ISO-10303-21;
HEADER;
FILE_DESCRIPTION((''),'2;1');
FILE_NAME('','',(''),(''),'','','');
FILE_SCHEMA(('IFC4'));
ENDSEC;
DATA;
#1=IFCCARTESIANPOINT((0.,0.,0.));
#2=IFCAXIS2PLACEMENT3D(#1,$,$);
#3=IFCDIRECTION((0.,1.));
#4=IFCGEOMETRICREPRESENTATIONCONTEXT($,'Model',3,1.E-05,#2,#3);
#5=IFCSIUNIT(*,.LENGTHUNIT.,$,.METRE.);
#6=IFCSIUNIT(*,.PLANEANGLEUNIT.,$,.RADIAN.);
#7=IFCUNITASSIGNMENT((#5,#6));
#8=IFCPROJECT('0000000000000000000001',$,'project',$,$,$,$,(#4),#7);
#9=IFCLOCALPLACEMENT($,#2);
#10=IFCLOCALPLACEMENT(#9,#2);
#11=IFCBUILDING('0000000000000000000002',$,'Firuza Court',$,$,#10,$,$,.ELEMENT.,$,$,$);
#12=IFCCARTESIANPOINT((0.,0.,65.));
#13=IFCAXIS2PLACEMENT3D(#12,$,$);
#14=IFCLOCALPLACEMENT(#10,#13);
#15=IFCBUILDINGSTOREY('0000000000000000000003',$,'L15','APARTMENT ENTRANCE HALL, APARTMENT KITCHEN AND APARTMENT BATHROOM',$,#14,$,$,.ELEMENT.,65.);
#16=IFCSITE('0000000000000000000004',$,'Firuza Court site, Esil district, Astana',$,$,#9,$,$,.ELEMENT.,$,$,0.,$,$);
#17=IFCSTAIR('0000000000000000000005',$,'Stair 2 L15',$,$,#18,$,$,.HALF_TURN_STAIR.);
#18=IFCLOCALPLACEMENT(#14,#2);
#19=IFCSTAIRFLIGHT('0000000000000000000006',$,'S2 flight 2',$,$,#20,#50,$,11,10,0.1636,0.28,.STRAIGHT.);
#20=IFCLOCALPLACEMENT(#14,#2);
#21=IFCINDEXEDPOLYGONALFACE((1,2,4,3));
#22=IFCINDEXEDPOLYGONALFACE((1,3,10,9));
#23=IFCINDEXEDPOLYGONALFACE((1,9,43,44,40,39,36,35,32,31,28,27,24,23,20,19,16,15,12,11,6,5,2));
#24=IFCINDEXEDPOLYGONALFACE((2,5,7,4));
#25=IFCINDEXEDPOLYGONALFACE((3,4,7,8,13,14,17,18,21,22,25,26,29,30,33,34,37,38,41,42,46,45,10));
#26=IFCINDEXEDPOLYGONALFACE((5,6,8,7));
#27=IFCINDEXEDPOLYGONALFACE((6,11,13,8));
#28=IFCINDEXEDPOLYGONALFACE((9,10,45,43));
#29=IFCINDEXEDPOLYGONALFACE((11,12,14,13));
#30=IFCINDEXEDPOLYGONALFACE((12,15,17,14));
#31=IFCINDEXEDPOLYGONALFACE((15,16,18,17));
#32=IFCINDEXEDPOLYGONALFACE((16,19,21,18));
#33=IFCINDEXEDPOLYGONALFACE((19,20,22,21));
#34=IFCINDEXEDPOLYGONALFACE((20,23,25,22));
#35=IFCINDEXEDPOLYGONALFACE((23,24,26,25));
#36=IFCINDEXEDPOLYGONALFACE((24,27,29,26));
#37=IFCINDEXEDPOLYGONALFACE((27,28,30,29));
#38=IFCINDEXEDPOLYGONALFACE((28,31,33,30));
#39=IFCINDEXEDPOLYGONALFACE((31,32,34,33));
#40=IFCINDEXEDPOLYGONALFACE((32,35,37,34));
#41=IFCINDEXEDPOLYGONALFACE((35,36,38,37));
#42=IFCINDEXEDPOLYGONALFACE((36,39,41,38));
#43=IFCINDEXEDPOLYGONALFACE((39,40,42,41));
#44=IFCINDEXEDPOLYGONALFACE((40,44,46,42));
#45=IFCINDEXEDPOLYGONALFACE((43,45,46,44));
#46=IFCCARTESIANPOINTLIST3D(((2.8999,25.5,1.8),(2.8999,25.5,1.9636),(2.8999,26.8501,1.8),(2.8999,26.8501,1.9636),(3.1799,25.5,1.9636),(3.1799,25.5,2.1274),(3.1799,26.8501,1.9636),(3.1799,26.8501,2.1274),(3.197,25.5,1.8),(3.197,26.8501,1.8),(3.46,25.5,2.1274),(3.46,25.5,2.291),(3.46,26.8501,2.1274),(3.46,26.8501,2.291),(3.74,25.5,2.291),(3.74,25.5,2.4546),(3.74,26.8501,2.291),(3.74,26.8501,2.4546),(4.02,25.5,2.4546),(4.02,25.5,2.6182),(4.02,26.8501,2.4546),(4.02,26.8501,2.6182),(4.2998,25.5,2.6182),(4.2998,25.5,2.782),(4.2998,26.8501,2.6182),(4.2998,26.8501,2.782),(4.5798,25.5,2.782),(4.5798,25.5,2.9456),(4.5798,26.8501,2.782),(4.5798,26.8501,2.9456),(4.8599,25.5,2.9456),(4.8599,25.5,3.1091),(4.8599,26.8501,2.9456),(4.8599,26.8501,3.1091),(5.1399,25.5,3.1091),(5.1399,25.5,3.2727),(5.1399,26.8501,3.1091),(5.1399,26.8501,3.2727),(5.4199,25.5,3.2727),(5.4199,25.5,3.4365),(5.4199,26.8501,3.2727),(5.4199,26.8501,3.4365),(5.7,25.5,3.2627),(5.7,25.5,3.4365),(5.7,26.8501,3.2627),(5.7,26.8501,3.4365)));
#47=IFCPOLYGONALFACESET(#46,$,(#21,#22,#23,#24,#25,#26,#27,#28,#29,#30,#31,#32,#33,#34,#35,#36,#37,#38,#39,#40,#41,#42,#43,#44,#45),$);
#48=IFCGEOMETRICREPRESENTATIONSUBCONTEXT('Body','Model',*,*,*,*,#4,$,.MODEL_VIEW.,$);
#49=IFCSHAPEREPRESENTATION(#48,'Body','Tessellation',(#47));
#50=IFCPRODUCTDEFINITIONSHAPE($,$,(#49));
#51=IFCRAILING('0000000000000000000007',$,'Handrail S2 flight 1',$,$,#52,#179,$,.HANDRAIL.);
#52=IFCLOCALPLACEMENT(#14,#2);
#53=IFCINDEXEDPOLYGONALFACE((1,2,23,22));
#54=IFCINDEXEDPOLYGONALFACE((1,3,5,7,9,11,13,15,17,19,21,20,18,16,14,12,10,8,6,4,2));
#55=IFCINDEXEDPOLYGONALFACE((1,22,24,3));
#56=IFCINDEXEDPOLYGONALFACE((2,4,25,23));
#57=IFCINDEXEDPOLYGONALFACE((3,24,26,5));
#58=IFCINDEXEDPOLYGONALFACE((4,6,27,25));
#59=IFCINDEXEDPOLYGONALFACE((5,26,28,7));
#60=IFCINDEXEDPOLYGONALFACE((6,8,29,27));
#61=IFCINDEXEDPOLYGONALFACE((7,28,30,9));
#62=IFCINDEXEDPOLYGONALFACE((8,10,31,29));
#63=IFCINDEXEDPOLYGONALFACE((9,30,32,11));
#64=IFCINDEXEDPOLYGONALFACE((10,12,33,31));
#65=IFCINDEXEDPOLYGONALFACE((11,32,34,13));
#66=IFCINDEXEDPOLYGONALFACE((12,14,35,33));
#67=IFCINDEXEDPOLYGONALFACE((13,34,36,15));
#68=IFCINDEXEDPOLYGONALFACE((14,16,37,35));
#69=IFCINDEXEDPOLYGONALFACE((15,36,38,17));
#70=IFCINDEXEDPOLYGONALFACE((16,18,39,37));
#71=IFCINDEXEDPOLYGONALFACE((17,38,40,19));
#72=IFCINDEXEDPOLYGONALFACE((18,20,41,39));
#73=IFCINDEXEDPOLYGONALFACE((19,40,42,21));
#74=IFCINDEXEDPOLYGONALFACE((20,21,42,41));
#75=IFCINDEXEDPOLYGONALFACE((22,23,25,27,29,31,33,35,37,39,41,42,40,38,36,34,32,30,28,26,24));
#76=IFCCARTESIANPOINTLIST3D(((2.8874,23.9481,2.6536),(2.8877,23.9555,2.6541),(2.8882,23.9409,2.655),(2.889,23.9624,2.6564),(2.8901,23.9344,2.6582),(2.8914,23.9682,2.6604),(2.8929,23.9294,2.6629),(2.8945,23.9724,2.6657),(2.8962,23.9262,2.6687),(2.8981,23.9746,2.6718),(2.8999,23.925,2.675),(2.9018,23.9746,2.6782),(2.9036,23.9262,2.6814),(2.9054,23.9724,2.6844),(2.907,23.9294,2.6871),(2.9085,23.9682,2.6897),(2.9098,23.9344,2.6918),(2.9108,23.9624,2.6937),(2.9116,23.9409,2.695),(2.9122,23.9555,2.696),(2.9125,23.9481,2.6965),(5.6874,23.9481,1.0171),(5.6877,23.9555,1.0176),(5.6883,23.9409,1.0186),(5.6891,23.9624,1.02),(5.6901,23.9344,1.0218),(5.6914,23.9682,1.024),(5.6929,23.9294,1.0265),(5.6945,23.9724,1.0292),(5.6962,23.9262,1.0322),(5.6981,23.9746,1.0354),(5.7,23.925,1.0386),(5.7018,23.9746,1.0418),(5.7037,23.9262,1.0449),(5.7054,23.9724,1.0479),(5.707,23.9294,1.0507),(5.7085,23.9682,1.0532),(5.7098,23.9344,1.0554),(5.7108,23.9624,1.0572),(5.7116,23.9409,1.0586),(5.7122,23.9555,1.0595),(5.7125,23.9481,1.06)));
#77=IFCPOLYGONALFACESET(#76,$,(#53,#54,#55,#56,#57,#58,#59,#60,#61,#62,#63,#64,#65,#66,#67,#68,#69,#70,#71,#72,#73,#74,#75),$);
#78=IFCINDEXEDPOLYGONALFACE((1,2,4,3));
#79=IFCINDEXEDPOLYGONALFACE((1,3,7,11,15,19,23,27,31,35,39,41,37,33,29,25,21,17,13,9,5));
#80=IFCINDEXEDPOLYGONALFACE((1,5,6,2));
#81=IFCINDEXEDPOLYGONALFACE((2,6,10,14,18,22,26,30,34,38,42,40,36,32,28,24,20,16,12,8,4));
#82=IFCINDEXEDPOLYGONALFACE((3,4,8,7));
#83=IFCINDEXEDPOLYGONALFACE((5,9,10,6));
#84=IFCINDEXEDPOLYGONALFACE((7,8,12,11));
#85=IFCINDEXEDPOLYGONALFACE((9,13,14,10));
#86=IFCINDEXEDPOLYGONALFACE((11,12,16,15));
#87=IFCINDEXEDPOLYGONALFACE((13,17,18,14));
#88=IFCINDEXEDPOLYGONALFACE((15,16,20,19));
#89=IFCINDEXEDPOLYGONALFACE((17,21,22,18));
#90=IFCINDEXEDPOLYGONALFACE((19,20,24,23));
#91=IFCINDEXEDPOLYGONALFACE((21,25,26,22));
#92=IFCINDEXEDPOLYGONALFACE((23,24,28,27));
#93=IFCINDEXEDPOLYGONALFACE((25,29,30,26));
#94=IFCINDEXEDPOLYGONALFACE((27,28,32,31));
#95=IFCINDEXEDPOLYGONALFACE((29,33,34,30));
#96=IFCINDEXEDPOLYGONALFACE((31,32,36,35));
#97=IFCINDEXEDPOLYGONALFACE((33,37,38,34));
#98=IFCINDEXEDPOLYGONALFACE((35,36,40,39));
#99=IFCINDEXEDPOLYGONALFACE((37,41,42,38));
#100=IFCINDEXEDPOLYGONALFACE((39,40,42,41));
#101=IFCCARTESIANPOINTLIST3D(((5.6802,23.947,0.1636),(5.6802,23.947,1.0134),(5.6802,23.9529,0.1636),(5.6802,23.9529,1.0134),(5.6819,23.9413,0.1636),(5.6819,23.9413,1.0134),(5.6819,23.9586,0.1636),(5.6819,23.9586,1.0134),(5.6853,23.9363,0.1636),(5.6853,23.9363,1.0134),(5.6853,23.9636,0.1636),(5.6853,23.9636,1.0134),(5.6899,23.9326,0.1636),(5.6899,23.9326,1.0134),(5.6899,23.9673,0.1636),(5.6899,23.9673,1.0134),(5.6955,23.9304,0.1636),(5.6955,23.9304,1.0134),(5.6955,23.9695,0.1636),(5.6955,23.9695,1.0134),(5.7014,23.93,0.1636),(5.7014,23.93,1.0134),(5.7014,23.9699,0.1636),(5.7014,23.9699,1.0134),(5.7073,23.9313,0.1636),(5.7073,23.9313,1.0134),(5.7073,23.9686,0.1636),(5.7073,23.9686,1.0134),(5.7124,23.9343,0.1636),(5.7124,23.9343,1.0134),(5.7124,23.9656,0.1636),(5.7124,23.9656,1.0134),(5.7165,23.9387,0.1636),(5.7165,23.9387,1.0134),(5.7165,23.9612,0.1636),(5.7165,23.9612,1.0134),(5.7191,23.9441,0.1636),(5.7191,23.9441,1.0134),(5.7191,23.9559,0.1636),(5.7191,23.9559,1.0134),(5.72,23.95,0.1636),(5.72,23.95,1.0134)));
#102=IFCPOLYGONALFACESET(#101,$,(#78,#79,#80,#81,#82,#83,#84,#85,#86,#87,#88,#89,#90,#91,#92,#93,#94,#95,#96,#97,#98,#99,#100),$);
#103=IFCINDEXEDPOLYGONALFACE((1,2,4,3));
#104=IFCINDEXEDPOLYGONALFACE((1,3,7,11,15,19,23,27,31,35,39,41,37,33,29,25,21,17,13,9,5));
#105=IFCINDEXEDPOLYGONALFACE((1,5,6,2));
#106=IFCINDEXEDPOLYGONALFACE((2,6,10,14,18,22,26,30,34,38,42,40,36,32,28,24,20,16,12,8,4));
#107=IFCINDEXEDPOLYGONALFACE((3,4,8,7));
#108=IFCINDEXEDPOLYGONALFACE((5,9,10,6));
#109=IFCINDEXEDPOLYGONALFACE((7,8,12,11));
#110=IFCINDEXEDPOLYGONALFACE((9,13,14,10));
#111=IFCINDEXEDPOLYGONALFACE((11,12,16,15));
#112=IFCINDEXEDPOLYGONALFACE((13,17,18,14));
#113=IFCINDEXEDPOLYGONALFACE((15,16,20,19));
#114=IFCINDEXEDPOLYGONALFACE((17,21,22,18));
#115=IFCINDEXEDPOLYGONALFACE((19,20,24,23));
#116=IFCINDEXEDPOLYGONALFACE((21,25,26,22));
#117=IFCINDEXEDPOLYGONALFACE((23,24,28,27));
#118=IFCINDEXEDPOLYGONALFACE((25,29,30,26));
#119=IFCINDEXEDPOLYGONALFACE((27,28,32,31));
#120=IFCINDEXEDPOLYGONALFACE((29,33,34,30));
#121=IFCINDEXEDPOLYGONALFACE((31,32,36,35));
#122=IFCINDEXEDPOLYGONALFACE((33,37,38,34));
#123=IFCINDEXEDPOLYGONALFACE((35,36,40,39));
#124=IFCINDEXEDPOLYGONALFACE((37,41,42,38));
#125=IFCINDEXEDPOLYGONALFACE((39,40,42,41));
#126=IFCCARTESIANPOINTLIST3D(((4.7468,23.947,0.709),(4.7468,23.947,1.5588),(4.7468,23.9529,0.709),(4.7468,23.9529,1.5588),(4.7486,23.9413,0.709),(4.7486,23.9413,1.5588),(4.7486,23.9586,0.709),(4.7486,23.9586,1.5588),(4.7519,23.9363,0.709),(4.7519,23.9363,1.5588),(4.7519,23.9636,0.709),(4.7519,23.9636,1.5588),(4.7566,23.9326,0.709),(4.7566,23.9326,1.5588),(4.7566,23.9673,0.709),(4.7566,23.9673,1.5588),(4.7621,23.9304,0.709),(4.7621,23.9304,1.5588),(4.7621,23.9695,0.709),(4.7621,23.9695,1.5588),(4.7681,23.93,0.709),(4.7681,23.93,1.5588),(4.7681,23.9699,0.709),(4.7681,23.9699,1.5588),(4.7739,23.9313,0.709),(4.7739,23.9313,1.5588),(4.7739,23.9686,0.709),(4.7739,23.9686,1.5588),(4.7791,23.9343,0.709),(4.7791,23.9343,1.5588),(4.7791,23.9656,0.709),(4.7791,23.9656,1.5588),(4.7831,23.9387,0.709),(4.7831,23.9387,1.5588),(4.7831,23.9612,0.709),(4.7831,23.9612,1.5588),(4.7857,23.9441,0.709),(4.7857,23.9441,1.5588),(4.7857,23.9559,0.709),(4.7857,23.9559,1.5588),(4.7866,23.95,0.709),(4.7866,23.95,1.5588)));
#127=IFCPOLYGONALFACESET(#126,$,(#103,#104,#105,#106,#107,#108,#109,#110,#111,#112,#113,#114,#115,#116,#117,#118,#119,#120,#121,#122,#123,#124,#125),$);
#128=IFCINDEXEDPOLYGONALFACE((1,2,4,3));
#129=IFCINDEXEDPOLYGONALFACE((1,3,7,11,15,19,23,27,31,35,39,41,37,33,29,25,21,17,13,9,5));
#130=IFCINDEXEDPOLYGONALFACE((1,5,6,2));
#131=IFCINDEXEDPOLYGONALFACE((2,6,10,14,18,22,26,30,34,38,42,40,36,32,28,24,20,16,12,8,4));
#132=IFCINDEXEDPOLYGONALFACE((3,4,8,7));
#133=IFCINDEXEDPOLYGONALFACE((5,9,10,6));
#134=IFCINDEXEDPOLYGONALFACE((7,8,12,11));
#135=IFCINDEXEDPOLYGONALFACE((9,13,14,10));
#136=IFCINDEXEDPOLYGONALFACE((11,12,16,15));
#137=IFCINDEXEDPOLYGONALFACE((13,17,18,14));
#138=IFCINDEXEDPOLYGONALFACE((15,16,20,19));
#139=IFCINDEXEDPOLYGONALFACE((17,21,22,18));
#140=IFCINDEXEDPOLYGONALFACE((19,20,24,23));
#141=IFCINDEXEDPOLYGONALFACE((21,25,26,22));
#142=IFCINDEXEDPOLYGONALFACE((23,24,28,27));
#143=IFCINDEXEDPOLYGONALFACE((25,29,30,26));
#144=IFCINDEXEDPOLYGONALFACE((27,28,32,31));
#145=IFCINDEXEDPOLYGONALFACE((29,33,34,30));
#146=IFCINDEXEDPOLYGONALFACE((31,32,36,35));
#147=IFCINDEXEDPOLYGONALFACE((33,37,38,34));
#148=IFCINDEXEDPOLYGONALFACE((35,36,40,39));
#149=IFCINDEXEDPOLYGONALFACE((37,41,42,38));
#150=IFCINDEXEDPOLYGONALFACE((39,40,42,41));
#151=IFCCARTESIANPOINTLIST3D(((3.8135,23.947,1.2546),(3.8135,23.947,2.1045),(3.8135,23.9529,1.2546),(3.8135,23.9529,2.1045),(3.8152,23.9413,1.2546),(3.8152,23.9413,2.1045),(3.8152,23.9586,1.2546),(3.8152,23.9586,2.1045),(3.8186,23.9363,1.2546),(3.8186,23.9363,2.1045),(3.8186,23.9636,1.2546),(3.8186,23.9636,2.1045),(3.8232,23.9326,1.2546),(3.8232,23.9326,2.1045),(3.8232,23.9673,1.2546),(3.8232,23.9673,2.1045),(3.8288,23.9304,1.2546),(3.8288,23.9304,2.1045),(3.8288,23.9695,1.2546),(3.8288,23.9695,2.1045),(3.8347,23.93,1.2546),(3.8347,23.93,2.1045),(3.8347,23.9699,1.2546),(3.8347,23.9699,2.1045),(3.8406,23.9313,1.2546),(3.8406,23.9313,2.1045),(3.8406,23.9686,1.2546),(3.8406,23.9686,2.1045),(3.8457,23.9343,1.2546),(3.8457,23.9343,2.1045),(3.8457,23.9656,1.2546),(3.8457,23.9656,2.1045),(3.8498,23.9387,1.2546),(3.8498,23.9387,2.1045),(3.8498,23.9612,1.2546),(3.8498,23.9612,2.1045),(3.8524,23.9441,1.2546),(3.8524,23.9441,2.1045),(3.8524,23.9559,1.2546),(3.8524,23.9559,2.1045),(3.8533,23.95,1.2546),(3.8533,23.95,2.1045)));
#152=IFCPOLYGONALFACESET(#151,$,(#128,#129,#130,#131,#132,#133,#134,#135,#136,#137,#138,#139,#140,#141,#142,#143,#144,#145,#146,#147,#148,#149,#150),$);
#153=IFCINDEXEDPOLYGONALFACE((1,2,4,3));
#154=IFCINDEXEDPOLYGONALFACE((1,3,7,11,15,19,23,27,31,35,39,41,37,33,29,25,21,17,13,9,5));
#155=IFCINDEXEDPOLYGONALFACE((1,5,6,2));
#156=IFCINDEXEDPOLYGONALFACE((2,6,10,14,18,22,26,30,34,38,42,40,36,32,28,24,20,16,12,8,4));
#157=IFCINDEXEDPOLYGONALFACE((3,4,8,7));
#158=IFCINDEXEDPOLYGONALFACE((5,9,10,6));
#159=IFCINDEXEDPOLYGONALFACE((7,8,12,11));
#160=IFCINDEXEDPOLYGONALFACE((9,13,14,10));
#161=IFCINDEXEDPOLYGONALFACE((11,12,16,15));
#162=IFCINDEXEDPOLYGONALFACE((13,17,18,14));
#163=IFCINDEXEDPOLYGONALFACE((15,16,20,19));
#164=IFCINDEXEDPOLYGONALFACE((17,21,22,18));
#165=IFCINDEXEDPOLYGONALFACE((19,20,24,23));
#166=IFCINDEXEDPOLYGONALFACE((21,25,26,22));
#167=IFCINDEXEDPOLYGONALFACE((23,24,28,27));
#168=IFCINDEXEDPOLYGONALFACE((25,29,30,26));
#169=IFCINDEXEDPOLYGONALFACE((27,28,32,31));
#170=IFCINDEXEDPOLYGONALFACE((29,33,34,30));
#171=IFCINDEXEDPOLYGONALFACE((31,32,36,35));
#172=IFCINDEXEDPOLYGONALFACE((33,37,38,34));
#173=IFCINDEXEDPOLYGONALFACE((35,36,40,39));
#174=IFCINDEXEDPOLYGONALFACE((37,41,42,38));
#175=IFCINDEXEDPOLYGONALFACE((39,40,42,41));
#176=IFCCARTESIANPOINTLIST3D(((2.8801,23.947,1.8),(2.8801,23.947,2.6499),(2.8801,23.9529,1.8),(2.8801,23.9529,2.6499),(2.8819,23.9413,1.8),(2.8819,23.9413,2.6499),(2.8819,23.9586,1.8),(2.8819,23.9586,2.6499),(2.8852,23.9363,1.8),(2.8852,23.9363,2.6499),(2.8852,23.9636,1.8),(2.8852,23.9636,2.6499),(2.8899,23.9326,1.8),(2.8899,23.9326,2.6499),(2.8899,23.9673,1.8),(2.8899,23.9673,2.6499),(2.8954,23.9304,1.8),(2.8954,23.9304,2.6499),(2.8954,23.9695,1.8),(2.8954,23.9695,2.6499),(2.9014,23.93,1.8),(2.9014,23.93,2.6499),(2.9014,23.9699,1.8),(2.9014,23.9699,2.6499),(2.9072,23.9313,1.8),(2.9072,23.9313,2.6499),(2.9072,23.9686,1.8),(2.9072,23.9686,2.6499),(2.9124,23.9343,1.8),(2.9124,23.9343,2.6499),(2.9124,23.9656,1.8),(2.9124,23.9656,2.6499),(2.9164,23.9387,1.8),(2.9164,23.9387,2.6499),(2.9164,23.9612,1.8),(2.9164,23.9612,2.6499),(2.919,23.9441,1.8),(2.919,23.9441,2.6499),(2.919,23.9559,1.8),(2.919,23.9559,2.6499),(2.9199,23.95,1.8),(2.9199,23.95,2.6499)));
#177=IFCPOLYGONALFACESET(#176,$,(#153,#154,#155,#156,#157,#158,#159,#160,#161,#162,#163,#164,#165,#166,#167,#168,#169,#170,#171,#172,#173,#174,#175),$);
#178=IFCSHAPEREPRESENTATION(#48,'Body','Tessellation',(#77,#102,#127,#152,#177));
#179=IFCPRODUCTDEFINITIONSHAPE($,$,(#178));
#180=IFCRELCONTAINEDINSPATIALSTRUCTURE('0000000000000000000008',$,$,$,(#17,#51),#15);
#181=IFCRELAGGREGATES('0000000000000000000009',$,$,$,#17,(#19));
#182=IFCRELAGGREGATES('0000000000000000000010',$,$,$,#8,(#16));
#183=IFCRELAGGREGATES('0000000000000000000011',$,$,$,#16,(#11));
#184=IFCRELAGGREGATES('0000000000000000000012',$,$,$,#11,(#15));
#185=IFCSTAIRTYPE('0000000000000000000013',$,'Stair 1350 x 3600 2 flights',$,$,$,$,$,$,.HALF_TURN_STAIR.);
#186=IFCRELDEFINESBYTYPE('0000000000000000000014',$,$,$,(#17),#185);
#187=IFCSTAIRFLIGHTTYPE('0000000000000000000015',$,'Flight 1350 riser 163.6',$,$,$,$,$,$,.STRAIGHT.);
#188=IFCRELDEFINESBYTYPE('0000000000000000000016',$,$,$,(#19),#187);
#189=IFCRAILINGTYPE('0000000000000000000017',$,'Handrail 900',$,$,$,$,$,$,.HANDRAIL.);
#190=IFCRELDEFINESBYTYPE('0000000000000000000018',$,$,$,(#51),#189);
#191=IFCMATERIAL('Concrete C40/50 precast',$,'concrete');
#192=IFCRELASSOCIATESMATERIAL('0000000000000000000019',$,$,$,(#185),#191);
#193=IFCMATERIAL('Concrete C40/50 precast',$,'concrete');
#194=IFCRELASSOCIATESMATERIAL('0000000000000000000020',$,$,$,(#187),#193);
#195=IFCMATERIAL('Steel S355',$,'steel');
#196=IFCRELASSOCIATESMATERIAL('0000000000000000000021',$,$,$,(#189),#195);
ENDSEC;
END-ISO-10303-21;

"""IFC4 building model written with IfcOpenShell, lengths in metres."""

from ifc_helpers import new_model, si_unit, direction, frame, origin, origin_2d, place, context, subcontext, project, spatial, polyline, circle, outline, extrude, material, type_object, element, aggregate, save


model = new_model("IFC4")

# Units and contexts
model_context = context("Model", 3, precision=1e-05, world=origin(), true_north=direction((0.0, 1.0)))
body_context = subcontext(model_context, "Body", "Model", "MODEL_VIEW")
ifc_project = project(units=[si_unit("LENGTHUNIT", "METRE"), si_unit("PLANEANGLEUNIT", "RADIAN")], contexts=[model_context])

# Site, building, storey
site_placement = place(None, origin())
site = spatial("IfcSite", under=ifc_project, at=site_placement, Name="Firuza Court site, Esil district, Astana", CompositionType="ELEMENT", RefElevation=0.0)
building_placement = place(site_placement, origin())
building = spatial("IfcBuilding", under=site, at=building_placement, Name="Firuza Court", CompositionType="ELEMENT")
storey_placement = place(building_placement, frame((0.0, 0.0, 65.0)))
storey = spatial("IfcBuildingStorey", under=building, at=storey_placement, Name="L15", Description="APARTMENT ENTRANCE HALL, APARTMENT KITCHEN AND APARTMENT BATHROOM", CompositionType="ELEMENT", Elevation=65.0)

# Stair, stair flight
ifc_material_1 = material(Name="Concrete C40/50 precast", Category="concrete")
stair_type = type_object("IfcStairType", Name="Stair 1350 x 3600 2 flights", PredefinedType="HALF_TURN_STAIR", material=ifc_material_1)
stair_placement = place(storey_placement, origin())
stair = element("IfcStair", 1, at=stair_placement, inside=storey, type_object=stair_type, Name="Stair 2 L15", PredefinedType="HALF_TURN_STAIR")
ifc_material_2 = material(Name="Concrete C40/50 precast", Category="concrete")
stair_flight_type = type_object("IfcStairFlightType", Name="Flight 1350 riser 163.6", PredefinedType="STRAIGHT", material=ifc_material_2)
stair_flight_1_placement = place(storey_placement, frame((2.8999, 26.175, 1.8), z_axis=(0.0, 0.0, 1.0), x_axis=(1.0, 0.0, 0.0)))
stair_flight_1 = element("IfcStairFlight", 2, at=stair_flight_1_placement, type_object=stair_flight_type, Name="S2 flight 2", NumberOfRisers=11, NumberOfTreads=10, PredefinedType="STRAIGHT", RiserHeight=0.1636, TreadLength=0.28, context=body_context, shape_type="SweptSolid", body=[
    extrude(outline(polyline([(0.0, 0.0), (0.0, 0.1636), (0.28, 0.1636), (0.28, 0.3274), (0.5601, 0.3274), (0.5601, 0.491), (0.8401, 0.491), (0.8401, 0.6545), (1.1201, 0.6545), (1.1201, 0.8181), (1.3999, 0.8181), (1.3999, 0.9819), (1.6799, 0.9819), (1.6799, 1.1455), (1.96, 1.1455), (1.96, 1.3091), (2.24, 1.3091), (2.24, 1.4727), (2.52, 1.4727), (2.52, 1.6365), (2.8, 1.6365), (2.8, 1.8), (2.8, 1.4626), (0.2971, 0.0), (0.0, 0.0)])), frame((0.0, 0.675, 0.0), z_axis=(0.0, -1.0, 0.0), x_axis=(1.0, 0.0, 0.0)), (0.0, 0.0, 1.0), 1.3501),
])
aggregate(stair, [stair_flight_1])

# Railing
ifc_material_3 = material(Name="Steel S355", Category="steel")
railing_type_1 = type_object("IfcRailingType", Name="Handrail 900", PredefinedType="HANDRAIL", material=ifc_material_3)
railing_1_placement = place(storey_placement, frame((5.7, 23.95, 0.1636)))
element("IfcRailing", 3, at=railing_1_placement, inside=storey, type_object=railing_type_1, Name="Handrail S2 flight 1", PredefinedType="HANDRAIL", context=body_context, shape_type="SweptSolid", body=[
    extrude(circle(Radius=0.0249, at=origin_2d()), frame((0.0, 0.0, 0.875), z_axis=(-0.863361, 0.0, 0.504587), x_axis=(0.0, -1.0, 0.0)), (0.0, 0.0, 1.0), 3.2432),
    extrude(circle(Radius=0.02, at=origin_2d()), origin(), (0.0, 0.0, 1.0), 0.8499),
    extrude(circle(Radius=0.02, at=origin_2d()), frame((-0.9333, 0.0, 0.5454)), (0.0, 0.0, 1.0), 0.8499),
    extrude(circle(Radius=0.02, at=origin_2d()), frame((-1.8667, 0.0, 1.0911)), (0.0, 0.0, 1.0), 0.8499),
    extrude(circle(Radius=0.02, at=origin_2d()), frame((-2.8, 0.0, 1.6365)), (0.0, 0.0, 1.0), 0.8499),
])

save(model, "model.ifc")
